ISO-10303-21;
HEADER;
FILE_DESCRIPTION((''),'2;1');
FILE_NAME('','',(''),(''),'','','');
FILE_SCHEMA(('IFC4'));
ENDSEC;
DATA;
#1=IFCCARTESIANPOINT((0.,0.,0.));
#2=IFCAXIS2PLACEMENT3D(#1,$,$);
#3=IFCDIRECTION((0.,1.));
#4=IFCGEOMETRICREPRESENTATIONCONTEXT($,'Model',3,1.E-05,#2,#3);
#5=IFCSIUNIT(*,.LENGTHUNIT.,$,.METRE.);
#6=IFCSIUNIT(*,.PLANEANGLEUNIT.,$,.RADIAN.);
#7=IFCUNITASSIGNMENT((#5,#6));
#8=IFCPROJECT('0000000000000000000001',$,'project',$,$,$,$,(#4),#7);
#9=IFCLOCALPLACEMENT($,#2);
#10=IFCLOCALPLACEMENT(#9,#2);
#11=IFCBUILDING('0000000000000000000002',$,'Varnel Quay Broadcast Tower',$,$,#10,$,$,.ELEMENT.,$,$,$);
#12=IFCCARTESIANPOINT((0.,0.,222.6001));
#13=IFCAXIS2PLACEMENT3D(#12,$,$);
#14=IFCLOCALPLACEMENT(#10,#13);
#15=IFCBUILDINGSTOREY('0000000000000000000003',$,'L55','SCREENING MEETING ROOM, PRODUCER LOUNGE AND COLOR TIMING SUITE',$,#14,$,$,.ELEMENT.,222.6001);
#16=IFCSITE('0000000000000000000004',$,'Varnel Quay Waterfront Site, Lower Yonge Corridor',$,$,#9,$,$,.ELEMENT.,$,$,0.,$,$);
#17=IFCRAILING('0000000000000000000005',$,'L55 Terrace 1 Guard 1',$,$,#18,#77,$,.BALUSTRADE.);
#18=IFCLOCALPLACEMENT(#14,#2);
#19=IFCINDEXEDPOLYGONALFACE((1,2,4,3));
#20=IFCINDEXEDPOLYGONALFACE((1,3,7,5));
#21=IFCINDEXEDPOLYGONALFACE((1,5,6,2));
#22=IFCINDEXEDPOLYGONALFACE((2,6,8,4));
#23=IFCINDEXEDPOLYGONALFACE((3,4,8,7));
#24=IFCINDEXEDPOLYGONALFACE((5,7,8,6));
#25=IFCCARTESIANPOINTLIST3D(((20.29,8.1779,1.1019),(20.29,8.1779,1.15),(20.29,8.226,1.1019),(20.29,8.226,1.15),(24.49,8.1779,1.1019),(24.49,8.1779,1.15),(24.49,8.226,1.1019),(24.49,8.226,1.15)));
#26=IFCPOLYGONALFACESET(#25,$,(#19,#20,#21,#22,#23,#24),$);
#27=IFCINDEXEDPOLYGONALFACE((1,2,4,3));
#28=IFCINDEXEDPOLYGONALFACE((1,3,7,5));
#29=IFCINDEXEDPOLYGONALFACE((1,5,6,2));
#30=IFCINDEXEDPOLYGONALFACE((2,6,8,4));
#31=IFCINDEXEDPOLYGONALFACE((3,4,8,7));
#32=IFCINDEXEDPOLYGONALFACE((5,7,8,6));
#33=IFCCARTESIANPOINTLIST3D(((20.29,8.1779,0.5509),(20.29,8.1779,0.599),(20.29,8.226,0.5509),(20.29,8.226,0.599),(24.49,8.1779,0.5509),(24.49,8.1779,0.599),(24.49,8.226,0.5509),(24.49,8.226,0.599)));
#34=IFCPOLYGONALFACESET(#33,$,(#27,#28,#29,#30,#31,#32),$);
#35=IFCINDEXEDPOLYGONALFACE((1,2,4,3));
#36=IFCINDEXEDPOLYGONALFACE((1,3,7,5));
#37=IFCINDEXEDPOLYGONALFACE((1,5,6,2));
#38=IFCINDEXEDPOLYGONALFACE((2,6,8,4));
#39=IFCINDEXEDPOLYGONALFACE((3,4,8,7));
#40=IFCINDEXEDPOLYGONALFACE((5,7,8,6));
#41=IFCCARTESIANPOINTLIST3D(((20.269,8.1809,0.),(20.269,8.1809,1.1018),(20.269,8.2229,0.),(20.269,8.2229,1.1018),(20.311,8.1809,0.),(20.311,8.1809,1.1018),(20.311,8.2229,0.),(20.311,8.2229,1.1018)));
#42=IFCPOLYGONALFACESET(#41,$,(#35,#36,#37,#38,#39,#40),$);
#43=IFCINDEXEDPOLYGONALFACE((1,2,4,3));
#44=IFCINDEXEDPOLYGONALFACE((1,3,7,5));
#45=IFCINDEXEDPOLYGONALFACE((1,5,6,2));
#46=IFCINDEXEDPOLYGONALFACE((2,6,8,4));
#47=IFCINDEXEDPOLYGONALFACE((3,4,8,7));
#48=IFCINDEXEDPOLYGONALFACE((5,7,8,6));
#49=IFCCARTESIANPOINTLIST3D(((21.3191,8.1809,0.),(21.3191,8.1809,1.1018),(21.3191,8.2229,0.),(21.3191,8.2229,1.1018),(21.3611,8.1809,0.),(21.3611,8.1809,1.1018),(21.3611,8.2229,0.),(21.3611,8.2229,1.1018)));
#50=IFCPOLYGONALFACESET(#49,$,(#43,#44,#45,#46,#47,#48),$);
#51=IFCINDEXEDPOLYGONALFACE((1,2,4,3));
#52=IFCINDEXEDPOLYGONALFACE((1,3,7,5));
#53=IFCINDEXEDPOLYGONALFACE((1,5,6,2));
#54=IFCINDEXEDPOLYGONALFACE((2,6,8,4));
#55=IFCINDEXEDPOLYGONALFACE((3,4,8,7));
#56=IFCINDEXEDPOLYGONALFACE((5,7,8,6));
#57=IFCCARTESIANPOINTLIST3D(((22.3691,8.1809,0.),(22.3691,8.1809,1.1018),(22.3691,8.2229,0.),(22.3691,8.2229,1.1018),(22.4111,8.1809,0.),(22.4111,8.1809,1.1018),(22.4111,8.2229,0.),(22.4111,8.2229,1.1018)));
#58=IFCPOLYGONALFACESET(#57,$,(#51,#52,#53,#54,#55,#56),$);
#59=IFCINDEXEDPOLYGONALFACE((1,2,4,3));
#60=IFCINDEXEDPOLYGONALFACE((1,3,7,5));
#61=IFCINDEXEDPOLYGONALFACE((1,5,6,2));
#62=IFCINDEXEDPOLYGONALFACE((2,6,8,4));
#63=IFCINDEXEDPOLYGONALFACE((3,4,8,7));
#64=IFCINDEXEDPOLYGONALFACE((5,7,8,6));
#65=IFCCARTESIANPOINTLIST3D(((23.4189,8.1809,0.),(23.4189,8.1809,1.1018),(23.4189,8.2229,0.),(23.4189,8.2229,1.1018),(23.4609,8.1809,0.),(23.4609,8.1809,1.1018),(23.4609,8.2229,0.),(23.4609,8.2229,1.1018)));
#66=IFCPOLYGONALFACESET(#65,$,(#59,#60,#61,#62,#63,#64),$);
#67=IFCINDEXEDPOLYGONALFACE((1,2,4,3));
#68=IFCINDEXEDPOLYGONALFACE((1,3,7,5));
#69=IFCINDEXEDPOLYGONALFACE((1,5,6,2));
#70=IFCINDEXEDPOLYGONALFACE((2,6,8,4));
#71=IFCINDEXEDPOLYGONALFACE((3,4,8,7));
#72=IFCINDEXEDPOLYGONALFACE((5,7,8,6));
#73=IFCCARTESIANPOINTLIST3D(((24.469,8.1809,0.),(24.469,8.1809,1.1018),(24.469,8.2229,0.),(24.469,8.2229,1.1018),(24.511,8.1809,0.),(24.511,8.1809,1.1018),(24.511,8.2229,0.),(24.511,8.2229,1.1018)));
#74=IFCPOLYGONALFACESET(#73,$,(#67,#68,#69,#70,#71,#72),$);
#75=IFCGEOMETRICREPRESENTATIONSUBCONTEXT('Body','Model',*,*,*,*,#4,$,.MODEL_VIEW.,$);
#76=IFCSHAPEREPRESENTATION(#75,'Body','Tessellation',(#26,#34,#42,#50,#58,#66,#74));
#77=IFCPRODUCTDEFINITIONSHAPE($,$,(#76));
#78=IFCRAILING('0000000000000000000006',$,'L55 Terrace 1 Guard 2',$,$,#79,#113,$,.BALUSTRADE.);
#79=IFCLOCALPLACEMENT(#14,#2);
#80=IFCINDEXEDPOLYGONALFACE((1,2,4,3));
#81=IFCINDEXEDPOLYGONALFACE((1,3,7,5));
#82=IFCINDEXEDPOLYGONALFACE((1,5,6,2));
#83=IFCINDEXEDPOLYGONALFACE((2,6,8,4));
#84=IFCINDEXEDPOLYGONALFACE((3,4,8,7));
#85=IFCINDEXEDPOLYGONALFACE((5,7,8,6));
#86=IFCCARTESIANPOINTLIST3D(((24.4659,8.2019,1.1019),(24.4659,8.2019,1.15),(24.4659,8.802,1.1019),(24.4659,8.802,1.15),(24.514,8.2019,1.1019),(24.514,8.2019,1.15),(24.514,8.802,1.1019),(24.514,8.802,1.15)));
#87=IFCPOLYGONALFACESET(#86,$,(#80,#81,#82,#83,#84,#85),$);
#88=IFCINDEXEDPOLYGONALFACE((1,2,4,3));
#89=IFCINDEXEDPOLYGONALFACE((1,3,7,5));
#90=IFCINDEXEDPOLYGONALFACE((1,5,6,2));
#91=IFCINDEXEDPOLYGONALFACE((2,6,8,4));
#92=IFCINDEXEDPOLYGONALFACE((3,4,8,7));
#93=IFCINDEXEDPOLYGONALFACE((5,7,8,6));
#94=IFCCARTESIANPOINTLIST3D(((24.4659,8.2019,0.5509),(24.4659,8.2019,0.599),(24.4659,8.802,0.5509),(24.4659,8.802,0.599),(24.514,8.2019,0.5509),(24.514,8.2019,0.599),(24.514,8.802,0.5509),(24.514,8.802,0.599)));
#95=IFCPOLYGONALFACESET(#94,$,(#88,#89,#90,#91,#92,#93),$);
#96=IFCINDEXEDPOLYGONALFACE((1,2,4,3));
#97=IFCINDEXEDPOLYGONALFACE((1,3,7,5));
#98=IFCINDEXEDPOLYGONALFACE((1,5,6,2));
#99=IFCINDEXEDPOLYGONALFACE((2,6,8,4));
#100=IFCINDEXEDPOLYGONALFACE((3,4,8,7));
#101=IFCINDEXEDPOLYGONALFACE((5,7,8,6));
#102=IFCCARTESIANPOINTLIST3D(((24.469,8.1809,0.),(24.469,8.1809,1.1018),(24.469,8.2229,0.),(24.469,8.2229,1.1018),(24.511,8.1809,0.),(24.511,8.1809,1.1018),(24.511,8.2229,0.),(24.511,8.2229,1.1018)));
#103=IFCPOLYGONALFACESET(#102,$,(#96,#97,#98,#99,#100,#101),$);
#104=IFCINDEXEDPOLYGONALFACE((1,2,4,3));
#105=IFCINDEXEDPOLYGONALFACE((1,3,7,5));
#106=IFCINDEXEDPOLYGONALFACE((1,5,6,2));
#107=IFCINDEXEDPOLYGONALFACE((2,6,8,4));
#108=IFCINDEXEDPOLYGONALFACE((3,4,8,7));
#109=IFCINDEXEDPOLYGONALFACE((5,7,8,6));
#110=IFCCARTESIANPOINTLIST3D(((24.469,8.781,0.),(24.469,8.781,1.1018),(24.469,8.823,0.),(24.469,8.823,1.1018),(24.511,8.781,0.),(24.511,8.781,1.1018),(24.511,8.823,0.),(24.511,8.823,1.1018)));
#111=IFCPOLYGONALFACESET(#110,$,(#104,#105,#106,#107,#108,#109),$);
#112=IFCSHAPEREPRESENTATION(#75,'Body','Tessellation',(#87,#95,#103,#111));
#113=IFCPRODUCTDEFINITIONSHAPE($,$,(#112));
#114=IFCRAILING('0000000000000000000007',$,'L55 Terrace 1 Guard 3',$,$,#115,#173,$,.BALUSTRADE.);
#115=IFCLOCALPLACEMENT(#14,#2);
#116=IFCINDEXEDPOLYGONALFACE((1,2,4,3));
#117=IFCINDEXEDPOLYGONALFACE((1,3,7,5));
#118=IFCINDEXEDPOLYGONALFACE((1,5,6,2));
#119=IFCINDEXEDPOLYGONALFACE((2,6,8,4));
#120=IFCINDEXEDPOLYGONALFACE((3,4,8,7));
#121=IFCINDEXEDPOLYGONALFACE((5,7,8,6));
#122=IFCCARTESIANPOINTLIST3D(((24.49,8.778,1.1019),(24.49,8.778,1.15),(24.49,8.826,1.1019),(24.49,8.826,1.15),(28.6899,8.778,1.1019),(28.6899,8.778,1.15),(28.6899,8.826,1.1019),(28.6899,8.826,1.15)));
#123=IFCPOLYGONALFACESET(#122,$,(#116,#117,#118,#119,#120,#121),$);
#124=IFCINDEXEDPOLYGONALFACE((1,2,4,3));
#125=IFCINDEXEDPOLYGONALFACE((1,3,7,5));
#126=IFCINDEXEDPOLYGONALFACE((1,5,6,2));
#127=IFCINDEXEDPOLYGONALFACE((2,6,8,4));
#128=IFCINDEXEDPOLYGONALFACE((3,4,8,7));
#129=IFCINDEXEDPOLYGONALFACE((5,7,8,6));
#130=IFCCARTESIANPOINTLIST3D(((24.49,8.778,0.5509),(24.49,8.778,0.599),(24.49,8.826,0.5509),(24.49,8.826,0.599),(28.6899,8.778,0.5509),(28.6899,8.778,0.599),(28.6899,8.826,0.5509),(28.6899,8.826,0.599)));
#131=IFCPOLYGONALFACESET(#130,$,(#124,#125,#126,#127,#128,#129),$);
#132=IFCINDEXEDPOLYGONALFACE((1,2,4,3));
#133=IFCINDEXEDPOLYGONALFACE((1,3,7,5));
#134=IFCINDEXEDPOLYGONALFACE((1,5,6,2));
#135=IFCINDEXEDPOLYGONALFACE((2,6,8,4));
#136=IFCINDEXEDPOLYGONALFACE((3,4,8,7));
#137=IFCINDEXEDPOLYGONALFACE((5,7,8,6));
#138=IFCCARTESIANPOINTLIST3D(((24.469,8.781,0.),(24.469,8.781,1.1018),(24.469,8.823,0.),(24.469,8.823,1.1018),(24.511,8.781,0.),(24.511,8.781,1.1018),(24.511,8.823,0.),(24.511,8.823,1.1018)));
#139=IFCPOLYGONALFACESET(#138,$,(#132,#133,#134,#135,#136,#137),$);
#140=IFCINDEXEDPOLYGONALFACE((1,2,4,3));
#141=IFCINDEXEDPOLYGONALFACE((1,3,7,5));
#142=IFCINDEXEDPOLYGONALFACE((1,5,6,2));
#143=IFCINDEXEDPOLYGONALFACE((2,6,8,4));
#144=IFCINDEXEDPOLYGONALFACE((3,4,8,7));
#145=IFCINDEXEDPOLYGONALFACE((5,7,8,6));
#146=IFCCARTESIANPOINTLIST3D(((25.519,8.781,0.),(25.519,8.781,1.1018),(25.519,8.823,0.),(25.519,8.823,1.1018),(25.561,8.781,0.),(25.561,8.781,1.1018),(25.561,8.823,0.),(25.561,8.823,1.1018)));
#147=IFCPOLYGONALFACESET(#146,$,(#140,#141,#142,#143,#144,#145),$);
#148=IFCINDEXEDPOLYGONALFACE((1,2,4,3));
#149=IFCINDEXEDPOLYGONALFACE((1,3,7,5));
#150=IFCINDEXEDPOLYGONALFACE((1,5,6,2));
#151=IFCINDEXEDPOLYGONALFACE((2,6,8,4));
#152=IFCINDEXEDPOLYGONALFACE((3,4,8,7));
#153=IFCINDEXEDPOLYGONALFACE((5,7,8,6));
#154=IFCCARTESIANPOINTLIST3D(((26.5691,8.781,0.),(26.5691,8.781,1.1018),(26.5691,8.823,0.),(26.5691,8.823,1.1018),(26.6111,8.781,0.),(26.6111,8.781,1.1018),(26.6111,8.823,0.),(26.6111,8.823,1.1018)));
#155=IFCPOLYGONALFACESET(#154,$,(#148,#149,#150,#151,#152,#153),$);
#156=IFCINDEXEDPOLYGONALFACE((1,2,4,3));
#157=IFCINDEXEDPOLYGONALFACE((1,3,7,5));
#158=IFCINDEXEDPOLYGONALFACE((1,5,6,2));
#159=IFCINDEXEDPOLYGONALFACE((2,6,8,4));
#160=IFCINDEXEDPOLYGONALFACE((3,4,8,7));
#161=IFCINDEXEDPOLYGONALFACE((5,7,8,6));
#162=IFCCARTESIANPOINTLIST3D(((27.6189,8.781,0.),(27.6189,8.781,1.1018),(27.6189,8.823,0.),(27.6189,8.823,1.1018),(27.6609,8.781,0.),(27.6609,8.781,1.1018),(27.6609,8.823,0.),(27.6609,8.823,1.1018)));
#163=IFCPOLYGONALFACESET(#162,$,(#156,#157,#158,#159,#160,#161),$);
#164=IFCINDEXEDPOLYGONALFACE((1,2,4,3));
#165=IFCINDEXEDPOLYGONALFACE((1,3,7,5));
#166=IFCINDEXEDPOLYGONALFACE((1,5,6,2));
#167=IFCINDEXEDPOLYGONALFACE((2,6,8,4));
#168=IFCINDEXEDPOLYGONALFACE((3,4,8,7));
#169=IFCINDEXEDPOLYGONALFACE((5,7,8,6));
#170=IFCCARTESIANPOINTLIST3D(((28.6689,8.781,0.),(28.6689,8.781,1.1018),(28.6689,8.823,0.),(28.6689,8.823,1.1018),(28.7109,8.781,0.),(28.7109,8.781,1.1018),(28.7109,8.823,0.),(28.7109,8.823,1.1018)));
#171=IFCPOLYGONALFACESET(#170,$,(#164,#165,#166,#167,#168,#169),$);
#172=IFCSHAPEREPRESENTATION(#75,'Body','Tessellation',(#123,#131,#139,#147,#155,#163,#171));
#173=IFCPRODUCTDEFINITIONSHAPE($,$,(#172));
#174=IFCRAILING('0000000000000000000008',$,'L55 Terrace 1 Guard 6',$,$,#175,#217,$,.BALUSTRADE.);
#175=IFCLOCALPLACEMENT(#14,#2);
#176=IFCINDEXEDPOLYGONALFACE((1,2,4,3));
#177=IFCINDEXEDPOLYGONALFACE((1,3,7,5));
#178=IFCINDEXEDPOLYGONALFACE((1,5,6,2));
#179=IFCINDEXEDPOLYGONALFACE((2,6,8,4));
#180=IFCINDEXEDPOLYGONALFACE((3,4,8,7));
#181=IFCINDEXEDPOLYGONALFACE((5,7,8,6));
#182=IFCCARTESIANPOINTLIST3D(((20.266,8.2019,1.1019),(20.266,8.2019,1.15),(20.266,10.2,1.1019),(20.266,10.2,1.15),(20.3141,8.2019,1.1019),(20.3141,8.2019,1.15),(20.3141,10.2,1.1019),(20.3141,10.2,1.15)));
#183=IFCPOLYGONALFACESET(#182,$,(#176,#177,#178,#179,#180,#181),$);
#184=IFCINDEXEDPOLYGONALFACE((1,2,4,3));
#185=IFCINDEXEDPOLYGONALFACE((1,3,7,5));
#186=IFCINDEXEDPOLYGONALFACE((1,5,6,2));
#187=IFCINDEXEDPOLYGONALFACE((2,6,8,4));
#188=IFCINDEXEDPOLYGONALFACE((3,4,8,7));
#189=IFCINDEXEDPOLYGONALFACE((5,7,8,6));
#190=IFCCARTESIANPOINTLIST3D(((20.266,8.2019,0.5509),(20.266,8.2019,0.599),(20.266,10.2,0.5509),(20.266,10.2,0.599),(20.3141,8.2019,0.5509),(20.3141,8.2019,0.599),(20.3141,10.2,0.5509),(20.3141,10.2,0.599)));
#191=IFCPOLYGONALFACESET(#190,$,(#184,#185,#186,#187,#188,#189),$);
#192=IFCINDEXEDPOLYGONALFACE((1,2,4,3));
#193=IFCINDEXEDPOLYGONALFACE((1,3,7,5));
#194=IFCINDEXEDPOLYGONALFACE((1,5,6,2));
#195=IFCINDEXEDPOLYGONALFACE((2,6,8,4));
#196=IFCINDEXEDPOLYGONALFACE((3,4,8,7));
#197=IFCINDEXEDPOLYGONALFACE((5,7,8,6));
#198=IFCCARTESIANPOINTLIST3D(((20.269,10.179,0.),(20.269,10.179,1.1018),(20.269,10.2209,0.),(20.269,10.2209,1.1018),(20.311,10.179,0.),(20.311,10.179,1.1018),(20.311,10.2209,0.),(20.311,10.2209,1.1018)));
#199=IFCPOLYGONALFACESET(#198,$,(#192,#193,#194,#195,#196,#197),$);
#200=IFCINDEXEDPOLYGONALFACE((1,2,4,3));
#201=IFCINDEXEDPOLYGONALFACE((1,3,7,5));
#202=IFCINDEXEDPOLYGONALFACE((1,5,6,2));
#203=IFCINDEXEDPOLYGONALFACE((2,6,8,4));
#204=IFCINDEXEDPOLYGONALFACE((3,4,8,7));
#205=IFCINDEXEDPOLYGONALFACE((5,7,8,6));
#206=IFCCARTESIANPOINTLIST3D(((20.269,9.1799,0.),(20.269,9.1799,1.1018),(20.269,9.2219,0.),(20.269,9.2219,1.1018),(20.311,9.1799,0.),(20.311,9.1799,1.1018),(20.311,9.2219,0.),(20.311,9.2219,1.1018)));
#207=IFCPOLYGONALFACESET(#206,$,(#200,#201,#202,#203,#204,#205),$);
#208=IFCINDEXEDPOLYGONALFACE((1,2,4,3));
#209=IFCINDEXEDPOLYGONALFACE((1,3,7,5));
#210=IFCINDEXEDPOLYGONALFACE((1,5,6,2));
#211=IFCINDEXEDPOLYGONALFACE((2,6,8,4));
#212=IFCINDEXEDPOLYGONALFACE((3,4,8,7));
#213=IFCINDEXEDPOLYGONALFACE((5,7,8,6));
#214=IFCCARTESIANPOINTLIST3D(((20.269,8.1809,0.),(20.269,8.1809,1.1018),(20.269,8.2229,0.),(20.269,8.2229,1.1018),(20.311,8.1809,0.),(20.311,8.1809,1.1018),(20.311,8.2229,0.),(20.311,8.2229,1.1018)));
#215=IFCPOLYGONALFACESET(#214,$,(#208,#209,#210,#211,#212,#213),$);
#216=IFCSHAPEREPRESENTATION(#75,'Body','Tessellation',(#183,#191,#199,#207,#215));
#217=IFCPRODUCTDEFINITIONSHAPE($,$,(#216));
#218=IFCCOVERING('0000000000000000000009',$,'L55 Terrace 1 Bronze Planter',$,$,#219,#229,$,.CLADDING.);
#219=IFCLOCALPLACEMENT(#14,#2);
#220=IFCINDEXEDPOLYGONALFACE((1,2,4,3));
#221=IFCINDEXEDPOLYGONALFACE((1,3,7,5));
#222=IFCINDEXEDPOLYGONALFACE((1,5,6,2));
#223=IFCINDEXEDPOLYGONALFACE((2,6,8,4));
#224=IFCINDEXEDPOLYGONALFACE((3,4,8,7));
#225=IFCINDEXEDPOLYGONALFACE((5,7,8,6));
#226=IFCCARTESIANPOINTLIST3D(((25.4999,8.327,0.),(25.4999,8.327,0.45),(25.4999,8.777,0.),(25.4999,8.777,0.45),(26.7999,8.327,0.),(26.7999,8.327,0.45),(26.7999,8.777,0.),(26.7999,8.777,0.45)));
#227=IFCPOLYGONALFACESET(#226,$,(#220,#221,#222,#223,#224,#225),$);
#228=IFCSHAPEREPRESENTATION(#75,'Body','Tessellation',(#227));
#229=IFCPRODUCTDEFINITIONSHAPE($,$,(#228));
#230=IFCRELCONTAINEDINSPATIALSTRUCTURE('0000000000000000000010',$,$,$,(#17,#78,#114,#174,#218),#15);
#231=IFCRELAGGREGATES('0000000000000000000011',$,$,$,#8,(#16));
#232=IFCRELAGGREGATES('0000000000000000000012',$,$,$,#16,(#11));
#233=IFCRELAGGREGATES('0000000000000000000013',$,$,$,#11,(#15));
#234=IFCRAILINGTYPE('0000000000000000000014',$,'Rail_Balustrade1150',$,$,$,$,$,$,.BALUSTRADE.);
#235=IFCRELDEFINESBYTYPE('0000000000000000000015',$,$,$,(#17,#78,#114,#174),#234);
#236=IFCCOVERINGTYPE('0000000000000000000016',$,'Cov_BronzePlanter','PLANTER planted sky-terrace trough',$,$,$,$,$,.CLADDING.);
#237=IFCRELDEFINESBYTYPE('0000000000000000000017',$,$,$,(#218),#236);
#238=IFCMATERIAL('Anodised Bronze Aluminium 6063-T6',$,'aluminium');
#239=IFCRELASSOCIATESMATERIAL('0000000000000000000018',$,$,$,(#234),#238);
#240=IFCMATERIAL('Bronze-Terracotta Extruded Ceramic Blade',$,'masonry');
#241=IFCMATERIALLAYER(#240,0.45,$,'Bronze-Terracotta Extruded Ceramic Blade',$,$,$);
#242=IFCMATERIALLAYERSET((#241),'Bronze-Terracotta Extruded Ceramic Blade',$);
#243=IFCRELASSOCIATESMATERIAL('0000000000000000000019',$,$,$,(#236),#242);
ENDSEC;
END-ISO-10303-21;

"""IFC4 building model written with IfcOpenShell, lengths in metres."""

from ifc_helpers import new_model, si_unit, direction, frame, origin, origin_2d, place, context, subcontext, project, spatial, rectangle, extrude, source, transform, mapped, material, layer, layer_set, type_object, type_shapes, element, save


model = new_model("IFC4")

# Units and contexts
model_context = context("Model", 3, precision=1e-05, world=origin(), true_north=direction((0.0, 1.0)))
body_context = subcontext(model_context, "Body", "Model", "MODEL_VIEW")
ifc_project = project(units=[si_unit("LENGTHUNIT", "METRE"), si_unit("PLANEANGLEUNIT", "RADIAN")], contexts=[model_context])

# Site, building, storey
site_placement = place(None, origin())
site = spatial("IfcSite", under=ifc_project, at=site_placement, Name="Varnel Quay Waterfront Site, Lower Yonge Corridor", CompositionType="ELEMENT", RefElevation=0.0)
building_placement = place(site_placement, origin())
building = spatial("IfcBuilding", under=site, at=building_placement, Name="Varnel Quay Broadcast Tower", CompositionType="ELEMENT")
storey_placement = place(building_placement, frame((0.0, 0.0, 222.6001)))
storey = spatial("IfcBuildingStorey", under=building, at=storey_placement, Name="L55", Description="SCREENING MEETING ROOM, PRODUCER LOUNGE AND COLOR TIMING SUITE", CompositionType="ELEMENT", Elevation=222.6001)

# Shared definitions
ifc_material_1 = material(Name="Anodised Bronze Aluminium 6063-T6", Category="aluminium")

# Railings
railing_type = type_object("IfcRailingType", Name="Rail_Balustrade1150", PredefinedType="BALUSTRADE", material=ifc_material_1)
railing_1_placement = place(storey_placement, frame((20.29, 8.2019, 0.0)))
element("IfcRailing", 1, at=railing_1_placement, inside=storey, type_object=railing_type, Name="L55 Terrace 1 Guard 1", PredefinedType="BALUSTRADE", context=body_context, shape_type="SweptSolid", body=[
    extrude(rectangle(XDim=0.0481, YDim=0.0481, at=origin_2d()), frame((0.0, 0.0, 1.126), z_axis=(1.0, 0.0, 0.0), x_axis=(0.0, 1.0, 0.0)), (0.0, 0.0, 1.0), 4.2),
    extrude(rectangle(XDim=0.0481, YDim=0.0481, at=origin_2d()), frame((0.0, 0.0, 0.575), z_axis=(1.0, 0.0, 0.0), x_axis=(0.0, 1.0, 0.0)), (0.0, 0.0, 1.0), 4.2),
    extrude(rectangle(XDim=0.042, YDim=0.042, at=origin_2d()), origin(), (0.0, 0.0, 1.0), 1.1018),
    extrude(rectangle(XDim=0.042, YDim=0.042, at=origin_2d()), frame((1.05, 0.0, 0.0)), (0.0, 0.0, 1.0), 1.1018),
    extrude(rectangle(XDim=0.042, YDim=0.042, at=origin_2d()), frame((2.1001, 0.0, 0.0)), (0.0, 0.0, 1.0), 1.1018),
    extrude(rectangle(XDim=0.042, YDim=0.042, at=origin_2d()), frame((3.1499, 0.0, 0.0)), (0.0, 0.0, 1.0), 1.1018),
    extrude(rectangle(XDim=0.042, YDim=0.042, at=origin_2d()), frame((4.2, 0.0, 0.0)), (0.0, 0.0, 1.0), 1.1018),
])
railing_2_placement = place(storey_placement, frame((24.49, 8.2019, 0.0)))
element("IfcRailing", 2, at=railing_2_placement, inside=storey, type_object=railing_type, Name="L55 Terrace 1 Guard 2", PredefinedType="BALUSTRADE", context=body_context, shape_type="SweptSolid", body=[
    extrude(rectangle(XDim=0.0481, YDim=0.0481, at=origin_2d()), frame((0.0, 0.0, 1.126), z_axis=(0.0, 1.0, 0.0), x_axis=(-1.0, 0.0, 0.0)), (0.0, 0.0, 1.0), 0.6001),
    extrude(rectangle(XDim=0.0481, YDim=0.0481, at=origin_2d()), frame((0.0, 0.0, 0.575), z_axis=(0.0, 1.0, 0.0), x_axis=(-1.0, 0.0, 0.0)), (0.0, 0.0, 1.0), 0.6001),
    extrude(rectangle(XDim=0.042, YDim=0.042, at=origin_2d()), origin(), (0.0, 0.0, 1.0), 1.1018),
    extrude(rectangle(XDim=0.042, YDim=0.042, at=origin_2d()), frame((0.0, 0.6001, 0.0)), (0.0, 0.0, 1.0), 1.1018),
])
railing_3_placement = place(storey_placement, frame((24.49, 8.802, 0.0)))
element("IfcRailing", 3, at=railing_3_placement, inside=storey, type_object=railing_type, Name="L55 Terrace 1 Guard 3", PredefinedType="BALUSTRADE", context=body_context, shape_type="SweptSolid", body=[
    extrude(rectangle(XDim=0.0481, YDim=0.0481, at=origin_2d()), frame((0.0, 0.0, 1.126), z_axis=(1.0, 0.0, 0.0), x_axis=(0.0, 1.0, 0.0)), (0.0, 0.0, 1.0), 4.2),
    extrude(rectangle(XDim=0.0481, YDim=0.0481, at=origin_2d()), frame((0.0, 0.0, 0.575), z_axis=(1.0, 0.0, 0.0), x_axis=(0.0, 1.0, 0.0)), (0.0, 0.0, 1.0), 4.2),
    extrude(rectangle(XDim=0.042, YDim=0.042, at=origin_2d()), origin(), (0.0, 0.0, 1.0), 1.1018),
    extrude(rectangle(XDim=0.042, YDim=0.042, at=origin_2d()), frame((1.05, 0.0, 0.0)), (0.0, 0.0, 1.0), 1.1018),
    extrude(rectangle(XDim=0.042, YDim=0.042, at=origin_2d()), frame((2.1001, 0.0, 0.0)), (0.0, 0.0, 1.0), 1.1018),
    extrude(rectangle(XDim=0.042, YDim=0.042, at=origin_2d()), frame((3.1499, 0.0, 0.0)), (0.0, 0.0, 1.0), 1.1018),
    extrude(rectangle(XDim=0.042, YDim=0.042, at=origin_2d()), frame((4.2, 0.0, 0.0)), (0.0, 0.0, 1.0), 1.1018),
])
railing_4_placement = place(storey_placement, frame((20.29, 10.2, 0.0)))
element("IfcRailing", 4, at=railing_4_placement, inside=storey, type_object=railing_type, Name="L55 Terrace 1 Guard 6", PredefinedType="BALUSTRADE", context=body_context, shape_type="SweptSolid", body=[
    extrude(rectangle(XDim=0.0481, YDim=0.0481, at=origin_2d()), frame((0.0, 0.0, 1.126), z_axis=(0.0, -1.0, 0.0), x_axis=(1.0, 0.0, 0.0)), (0.0, 0.0, 1.0), 1.998),
    extrude(rectangle(XDim=0.0481, YDim=0.0481, at=origin_2d()), frame((0.0, 0.0, 0.575), z_axis=(0.0, -1.0, 0.0), x_axis=(1.0, 0.0, 0.0)), (0.0, 0.0, 1.0), 1.998),
    extrude(rectangle(XDim=0.042, YDim=0.042, at=origin_2d()), origin(), (0.0, 0.0, 1.0), 1.1018),
    extrude(rectangle(XDim=0.042, YDim=0.042, at=origin_2d()), frame((0.0, -0.999, 0.0)), (0.0, 0.0, 1.0), 1.1018),
    extrude(rectangle(XDim=0.042, YDim=0.042, at=origin_2d()), frame((0.0, -1.998, 0.0)), (0.0, 0.0, 1.0), 1.1018),
])

# Covering
ifc_material_2 = material(Name="Bronze-Terracotta Extruded Ceramic Blade", Category="masonry")
ifc_layer_1 = layer(ifc_material_2, 0.45, Name="Bronze-Terracotta Extruded Ceramic Blade")
ifc_layer_set_1 = layer_set([ifc_layer_1], Name="Bronze-Terracotta Extruded Ceramic Blade")
covering_type = type_object("IfcCoveringType", Name="Cov_BronzePlanter", Description="PLANTER planted sky-terrace trough", PredefinedType="CLADDING", material=ifc_layer_set_1)
shared_shape_1 = source(origin(), body_context, "Body", "SweptSolid", [
    extrude(rectangle(XDim=1.3, YDim=0.45, at=origin_2d()), origin(), (0.0, 0.0, 1.0), 0.45),
])
type_shapes(covering_type, [shared_shape_1])
covering_placement = place(storey_placement, frame((26.1499, 8.552, 0.0), z_axis=(0.0, 0.0, 1.0), x_axis=(1.0, 0.0, 0.0)))
element("IfcCovering", 5, at=covering_placement, inside=storey, type_object=covering_type, Name="L55 Terrace 1 Bronze Planter", PredefinedType="CLADDING", context=body_context, shape_type="MappedRepresentation", body=[
    mapped(shared_shape_1, transform((0.0, 0.0, 0.0), x_axis=(1.0, 0.0, 0.0), y_axis=(0.0, 1.0, 0.0), z_axis=(0.0, 0.0, 1.0), scale=1.0)),
])

save(model, "model.ifc")
